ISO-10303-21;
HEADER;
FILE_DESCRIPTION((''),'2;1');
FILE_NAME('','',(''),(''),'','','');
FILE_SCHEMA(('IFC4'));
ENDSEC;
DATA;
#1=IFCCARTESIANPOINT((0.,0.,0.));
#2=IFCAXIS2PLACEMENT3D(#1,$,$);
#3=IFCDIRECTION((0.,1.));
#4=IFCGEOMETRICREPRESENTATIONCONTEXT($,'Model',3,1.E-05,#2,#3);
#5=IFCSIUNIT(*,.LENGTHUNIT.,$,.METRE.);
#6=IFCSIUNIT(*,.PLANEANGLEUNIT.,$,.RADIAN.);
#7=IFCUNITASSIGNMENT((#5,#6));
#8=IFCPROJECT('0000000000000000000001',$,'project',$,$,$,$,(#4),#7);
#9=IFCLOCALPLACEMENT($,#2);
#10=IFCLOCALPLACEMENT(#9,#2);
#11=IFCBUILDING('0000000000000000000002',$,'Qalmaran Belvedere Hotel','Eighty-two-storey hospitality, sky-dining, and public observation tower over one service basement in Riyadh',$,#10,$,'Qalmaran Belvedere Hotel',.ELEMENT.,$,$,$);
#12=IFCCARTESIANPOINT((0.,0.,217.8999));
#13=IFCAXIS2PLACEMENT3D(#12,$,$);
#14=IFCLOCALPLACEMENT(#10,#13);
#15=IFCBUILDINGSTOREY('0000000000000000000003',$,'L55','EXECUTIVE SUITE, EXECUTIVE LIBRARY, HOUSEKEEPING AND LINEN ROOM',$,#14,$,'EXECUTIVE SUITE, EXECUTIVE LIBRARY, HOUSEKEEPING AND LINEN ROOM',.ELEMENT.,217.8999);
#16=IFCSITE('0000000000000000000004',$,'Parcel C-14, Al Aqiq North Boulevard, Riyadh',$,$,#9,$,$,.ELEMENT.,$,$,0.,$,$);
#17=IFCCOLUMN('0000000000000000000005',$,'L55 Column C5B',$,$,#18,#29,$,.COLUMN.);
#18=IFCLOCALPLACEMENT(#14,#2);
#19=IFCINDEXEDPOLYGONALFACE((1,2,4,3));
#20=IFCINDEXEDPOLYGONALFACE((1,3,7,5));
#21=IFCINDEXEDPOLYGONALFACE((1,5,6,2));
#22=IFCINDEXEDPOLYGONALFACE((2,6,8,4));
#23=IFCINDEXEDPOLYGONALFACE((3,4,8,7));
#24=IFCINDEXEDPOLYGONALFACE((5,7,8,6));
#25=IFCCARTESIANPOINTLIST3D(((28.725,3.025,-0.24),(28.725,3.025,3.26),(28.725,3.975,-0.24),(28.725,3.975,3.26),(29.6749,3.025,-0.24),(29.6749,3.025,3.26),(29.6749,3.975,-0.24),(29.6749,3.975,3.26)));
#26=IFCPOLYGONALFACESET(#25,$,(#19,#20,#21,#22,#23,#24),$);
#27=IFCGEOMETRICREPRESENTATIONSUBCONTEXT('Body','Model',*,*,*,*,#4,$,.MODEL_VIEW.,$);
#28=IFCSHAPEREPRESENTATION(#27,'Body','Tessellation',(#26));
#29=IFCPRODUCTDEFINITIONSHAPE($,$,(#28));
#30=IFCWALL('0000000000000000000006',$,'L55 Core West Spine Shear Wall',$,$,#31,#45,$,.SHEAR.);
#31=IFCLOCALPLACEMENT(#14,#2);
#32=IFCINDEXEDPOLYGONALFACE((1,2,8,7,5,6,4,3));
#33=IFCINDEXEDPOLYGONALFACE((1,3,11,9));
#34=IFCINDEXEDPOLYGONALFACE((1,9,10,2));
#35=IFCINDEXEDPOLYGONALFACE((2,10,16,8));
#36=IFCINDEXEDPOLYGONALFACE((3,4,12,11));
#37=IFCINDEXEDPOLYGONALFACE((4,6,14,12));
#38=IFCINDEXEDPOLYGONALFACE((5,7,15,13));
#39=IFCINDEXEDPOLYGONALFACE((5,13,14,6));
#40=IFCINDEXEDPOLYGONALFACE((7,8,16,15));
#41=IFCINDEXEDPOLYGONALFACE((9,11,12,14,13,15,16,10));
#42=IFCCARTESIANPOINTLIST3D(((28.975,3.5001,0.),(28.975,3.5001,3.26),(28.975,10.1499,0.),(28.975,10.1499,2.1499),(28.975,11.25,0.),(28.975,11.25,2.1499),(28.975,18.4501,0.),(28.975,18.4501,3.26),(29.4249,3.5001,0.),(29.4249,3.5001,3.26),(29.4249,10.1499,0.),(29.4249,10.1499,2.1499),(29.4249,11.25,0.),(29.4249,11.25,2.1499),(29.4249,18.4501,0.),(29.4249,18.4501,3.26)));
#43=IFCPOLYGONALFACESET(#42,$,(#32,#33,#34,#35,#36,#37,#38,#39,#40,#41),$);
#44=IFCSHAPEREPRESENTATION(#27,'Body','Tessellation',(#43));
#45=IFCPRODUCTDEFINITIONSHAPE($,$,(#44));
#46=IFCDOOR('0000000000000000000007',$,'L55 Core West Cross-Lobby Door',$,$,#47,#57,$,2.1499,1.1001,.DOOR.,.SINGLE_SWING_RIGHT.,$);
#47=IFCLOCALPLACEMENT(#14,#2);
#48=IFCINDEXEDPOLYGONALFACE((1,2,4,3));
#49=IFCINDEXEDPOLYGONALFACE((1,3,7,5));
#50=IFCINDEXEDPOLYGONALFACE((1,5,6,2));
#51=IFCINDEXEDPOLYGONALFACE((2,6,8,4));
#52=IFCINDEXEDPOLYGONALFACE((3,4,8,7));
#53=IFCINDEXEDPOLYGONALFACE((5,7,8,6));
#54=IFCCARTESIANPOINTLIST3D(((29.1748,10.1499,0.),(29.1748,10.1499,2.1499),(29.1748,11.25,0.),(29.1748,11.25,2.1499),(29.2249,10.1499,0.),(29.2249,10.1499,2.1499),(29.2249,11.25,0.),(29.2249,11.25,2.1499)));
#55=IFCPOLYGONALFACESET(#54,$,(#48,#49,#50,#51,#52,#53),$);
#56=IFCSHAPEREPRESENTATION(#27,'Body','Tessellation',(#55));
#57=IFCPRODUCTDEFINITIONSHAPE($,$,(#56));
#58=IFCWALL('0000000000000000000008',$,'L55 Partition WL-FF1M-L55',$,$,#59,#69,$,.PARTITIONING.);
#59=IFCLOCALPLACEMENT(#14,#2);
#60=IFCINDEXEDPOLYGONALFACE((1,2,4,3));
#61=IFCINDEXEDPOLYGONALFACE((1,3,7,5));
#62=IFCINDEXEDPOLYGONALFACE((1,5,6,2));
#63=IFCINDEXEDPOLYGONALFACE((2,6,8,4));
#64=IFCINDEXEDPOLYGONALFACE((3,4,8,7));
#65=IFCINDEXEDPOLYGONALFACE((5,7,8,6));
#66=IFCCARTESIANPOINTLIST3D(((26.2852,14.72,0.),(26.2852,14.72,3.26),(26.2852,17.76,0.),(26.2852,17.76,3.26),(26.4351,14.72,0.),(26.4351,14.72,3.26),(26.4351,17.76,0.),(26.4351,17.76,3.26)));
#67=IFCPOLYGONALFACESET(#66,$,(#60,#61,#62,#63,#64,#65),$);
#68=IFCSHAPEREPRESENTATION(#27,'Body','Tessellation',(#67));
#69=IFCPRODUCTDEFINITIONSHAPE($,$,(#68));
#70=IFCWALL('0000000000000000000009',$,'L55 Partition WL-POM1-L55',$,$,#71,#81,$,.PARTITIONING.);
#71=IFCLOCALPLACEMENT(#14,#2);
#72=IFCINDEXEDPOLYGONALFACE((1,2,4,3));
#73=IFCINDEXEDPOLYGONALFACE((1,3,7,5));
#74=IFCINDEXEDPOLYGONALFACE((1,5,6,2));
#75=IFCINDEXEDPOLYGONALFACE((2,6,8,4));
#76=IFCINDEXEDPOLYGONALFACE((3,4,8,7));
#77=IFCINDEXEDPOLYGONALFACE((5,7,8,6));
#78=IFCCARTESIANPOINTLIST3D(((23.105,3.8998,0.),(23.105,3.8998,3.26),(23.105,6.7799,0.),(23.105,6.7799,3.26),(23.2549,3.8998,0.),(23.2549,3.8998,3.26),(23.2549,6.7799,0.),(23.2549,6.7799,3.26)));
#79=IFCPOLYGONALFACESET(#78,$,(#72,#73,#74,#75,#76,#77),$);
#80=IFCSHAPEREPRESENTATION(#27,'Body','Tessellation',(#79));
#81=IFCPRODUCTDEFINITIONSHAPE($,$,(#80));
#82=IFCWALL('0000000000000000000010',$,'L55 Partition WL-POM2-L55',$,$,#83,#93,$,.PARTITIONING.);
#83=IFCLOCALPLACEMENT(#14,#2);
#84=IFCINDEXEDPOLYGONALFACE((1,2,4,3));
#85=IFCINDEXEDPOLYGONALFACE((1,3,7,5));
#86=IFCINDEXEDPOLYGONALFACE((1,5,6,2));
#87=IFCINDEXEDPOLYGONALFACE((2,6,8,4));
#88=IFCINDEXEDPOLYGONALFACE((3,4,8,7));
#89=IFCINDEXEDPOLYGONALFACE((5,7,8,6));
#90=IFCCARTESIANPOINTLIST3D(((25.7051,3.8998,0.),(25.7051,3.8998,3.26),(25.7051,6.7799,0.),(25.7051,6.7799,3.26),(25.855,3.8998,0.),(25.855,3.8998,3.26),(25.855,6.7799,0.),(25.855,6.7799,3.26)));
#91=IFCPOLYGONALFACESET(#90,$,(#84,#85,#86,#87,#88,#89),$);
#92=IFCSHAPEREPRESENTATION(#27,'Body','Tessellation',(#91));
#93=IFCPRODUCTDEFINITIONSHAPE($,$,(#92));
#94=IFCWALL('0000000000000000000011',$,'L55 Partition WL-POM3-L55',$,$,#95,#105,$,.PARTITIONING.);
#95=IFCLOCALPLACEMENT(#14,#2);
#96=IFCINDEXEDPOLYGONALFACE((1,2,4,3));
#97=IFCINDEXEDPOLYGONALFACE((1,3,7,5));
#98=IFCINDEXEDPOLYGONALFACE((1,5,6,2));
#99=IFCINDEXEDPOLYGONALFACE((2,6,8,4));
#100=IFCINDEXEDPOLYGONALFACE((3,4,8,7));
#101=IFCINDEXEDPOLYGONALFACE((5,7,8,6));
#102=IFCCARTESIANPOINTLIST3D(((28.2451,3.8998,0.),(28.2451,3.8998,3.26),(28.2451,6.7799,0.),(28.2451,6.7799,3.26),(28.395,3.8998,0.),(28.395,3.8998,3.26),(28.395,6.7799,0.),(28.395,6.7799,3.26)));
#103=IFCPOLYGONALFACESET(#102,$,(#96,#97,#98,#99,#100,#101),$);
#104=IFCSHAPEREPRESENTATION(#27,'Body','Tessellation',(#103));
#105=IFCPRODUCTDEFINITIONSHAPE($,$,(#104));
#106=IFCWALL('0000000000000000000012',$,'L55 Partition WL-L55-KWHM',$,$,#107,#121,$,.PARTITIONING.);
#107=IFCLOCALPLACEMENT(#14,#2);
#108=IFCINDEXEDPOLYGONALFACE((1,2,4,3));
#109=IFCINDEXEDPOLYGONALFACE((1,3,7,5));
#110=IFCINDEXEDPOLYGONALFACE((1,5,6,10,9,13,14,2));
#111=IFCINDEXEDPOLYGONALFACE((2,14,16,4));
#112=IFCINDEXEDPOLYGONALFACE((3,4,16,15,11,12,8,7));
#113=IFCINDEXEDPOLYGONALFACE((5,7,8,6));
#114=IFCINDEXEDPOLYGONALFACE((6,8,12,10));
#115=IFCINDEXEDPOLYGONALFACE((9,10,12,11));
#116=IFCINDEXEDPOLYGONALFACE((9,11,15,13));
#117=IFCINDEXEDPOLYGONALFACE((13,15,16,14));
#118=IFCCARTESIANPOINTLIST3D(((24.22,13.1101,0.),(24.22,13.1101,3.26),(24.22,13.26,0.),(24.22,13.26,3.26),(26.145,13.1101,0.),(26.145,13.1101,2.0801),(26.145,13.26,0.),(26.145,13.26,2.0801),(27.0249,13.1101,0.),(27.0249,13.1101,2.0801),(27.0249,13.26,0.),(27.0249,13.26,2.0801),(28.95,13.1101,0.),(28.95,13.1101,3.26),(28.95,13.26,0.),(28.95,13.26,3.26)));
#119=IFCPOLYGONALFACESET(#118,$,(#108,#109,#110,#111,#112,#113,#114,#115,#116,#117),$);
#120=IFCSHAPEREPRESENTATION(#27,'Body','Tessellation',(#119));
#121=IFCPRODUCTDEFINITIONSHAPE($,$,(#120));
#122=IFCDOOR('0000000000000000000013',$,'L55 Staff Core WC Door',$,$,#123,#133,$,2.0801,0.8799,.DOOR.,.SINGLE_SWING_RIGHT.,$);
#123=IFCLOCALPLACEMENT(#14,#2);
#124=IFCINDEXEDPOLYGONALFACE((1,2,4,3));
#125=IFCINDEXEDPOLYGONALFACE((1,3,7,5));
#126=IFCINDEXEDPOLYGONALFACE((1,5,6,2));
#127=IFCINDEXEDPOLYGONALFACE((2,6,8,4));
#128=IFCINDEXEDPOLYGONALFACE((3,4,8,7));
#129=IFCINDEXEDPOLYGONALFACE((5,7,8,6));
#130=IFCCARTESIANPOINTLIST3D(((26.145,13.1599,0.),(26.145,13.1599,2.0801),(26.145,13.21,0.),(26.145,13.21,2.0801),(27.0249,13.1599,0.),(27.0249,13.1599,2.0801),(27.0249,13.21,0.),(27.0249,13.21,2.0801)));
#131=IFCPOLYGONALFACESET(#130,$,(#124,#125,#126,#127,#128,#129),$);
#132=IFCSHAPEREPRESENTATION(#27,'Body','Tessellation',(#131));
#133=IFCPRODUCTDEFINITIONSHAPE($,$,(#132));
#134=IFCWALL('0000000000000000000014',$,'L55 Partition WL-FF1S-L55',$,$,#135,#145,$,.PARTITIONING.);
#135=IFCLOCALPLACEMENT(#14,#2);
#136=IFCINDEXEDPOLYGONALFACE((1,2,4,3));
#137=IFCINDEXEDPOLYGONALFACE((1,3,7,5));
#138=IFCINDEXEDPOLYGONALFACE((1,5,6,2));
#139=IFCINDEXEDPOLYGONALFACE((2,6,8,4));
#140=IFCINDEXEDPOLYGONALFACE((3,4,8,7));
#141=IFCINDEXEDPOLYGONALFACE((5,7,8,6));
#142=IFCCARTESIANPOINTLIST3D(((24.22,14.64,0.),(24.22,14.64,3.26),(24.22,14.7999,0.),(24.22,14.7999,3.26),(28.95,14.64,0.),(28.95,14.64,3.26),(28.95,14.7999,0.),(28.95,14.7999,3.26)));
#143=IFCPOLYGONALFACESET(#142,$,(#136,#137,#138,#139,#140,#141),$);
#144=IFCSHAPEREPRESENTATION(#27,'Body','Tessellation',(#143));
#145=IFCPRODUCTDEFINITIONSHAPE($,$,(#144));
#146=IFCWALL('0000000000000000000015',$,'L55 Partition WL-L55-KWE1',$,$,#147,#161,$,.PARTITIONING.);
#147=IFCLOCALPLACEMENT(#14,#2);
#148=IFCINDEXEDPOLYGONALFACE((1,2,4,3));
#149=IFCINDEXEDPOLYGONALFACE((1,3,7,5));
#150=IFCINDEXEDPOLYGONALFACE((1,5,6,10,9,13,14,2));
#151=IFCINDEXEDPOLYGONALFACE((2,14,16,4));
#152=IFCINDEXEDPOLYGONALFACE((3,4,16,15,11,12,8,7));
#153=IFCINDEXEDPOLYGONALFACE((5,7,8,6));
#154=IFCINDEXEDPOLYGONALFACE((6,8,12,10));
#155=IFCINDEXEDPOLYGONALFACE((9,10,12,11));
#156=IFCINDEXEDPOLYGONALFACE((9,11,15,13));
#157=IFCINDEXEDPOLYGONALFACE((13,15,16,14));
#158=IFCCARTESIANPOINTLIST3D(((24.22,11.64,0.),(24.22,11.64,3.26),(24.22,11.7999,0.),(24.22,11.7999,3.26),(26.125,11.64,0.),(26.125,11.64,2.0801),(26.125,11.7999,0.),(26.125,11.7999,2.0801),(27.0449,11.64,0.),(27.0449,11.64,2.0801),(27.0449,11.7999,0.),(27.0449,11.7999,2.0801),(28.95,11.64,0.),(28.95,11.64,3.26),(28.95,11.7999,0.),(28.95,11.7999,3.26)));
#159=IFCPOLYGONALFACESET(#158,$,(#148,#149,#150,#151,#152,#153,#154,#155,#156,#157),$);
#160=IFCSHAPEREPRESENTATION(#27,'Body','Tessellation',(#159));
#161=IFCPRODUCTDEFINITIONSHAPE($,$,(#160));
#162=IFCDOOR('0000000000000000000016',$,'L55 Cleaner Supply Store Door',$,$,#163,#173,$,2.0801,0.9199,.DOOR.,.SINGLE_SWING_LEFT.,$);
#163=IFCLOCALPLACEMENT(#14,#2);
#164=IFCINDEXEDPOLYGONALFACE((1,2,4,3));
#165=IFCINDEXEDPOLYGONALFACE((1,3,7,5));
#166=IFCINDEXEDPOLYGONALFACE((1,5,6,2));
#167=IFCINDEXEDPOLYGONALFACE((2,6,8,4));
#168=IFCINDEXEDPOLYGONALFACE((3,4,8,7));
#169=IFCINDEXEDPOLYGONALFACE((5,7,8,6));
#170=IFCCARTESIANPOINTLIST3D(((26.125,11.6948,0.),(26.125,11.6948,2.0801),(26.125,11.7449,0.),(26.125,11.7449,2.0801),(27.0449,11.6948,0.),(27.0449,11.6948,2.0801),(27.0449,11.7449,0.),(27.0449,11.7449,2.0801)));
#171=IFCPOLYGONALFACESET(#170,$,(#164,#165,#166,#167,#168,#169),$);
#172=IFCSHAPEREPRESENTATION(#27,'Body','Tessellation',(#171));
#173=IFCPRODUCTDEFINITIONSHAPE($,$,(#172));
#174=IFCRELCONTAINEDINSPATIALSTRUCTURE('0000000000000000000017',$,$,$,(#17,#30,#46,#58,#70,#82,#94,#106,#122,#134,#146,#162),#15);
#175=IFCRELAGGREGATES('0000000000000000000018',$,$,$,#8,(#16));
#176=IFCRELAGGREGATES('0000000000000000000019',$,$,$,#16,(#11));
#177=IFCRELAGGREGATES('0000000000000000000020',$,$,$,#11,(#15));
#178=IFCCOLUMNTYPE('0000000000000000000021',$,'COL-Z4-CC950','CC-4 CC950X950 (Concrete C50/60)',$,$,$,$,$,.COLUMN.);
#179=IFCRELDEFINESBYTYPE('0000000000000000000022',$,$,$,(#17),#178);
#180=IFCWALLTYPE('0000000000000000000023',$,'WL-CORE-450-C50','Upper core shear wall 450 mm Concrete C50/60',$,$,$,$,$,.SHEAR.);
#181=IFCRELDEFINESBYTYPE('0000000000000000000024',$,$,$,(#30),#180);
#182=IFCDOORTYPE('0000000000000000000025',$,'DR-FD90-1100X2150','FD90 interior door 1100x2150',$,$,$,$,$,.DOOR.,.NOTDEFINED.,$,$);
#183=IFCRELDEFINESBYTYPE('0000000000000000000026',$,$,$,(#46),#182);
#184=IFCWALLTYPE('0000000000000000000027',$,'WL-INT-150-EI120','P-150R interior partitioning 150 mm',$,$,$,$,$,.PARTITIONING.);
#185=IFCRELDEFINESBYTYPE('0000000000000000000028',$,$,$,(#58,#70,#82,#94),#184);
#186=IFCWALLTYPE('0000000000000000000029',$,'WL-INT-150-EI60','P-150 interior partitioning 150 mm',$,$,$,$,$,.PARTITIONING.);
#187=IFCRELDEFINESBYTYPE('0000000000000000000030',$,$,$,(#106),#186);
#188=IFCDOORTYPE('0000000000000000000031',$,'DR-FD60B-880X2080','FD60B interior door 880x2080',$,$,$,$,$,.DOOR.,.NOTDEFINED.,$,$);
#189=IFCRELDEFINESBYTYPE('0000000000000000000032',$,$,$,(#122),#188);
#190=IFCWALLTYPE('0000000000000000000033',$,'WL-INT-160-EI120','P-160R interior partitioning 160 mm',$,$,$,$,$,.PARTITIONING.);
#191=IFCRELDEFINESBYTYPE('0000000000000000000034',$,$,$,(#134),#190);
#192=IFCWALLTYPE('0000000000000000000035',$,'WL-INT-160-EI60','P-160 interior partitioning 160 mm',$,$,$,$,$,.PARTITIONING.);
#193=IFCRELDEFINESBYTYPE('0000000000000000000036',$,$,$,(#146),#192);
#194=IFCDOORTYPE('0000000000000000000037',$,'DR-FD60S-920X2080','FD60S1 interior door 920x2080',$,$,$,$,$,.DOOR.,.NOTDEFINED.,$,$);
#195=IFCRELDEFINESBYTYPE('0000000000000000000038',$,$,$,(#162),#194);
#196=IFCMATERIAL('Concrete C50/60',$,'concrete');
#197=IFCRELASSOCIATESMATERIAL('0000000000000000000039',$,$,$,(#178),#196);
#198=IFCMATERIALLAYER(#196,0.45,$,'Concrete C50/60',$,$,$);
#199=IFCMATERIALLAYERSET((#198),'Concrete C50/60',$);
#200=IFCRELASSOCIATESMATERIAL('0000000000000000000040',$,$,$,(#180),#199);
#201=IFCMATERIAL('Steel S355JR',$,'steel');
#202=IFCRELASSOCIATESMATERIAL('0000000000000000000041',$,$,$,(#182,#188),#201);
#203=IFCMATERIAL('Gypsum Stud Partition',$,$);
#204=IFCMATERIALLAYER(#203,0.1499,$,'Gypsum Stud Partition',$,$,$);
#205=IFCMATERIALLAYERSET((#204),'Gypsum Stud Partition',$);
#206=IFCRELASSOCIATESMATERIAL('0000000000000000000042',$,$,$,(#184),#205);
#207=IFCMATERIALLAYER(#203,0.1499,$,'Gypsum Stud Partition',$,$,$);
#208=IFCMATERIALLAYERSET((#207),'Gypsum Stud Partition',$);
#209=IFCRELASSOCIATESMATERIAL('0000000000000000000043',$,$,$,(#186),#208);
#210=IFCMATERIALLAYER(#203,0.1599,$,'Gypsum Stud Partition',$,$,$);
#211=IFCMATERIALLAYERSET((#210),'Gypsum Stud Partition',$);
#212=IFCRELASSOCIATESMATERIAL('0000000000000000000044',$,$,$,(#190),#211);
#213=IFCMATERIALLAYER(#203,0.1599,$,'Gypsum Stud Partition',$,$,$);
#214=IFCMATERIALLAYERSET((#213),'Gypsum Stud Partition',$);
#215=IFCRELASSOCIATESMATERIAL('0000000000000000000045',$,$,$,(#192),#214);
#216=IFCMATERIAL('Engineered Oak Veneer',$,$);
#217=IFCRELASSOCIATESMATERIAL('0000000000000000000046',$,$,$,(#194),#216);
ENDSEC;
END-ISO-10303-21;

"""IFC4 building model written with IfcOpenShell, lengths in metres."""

from ifc_helpers import new_model, si_unit, direction, frame, frame_2d, origin, origin_2d, place, context, subcontext, project, spatial, rectangle, extrude, material, layer, layer_set, material_profile, profile_set, type_object, element, fill, save


model = new_model("IFC4")

# Units and contexts
model_context = context("Model", 3, precision=1e-05, world=origin(), true_north=direction((0.0, 1.0)))
body_context = subcontext(model_context, "Body", "Model", "MODEL_VIEW")
ifc_project = project(units=[si_unit("LENGTHUNIT", "METRE"), si_unit("PLANEANGLEUNIT", "RADIAN")], contexts=[model_context])

# Site, building, storey
site_placement = place(None, origin())
site = spatial("IfcSite", under=ifc_project, at=site_placement, Name="Parcel C-14, Al Aqiq North Boulevard, Riyadh", CompositionType="ELEMENT", RefElevation=0.0)
building_placement = place(site_placement, origin())
building = spatial("IfcBuilding", under=site, at=building_placement, Name="Qalmaran Belvedere Hotel", Description="Eighty-two-storey hospitality, sky-dining, and public observation tower over one service basement in Riyadh", LongName="Qalmaran Belvedere Hotel", CompositionType="ELEMENT")
storey_placement = place(building_placement, frame((0.0, 0.0, 217.8999)))
storey = spatial("IfcBuildingStorey", under=building, at=storey_placement, Name="L55", Description="EXECUTIVE SUITE, EXECUTIVE LIBRARY, HOUSEKEEPING AND LINEN ROOM", LongName="EXECUTIVE SUITE, EXECUTIVE LIBRARY, HOUSEKEEPING AND LINEN ROOM", CompositionType="ELEMENT", Elevation=217.8999)

# Column
ifc_material_1 = material(Name="Concrete C50/60", Category="concrete")
ifc_material_profile = material_profile(ifc_material_1, rectangle(XDim=0.95, YDim=0.95, at=origin_2d()), Name="CC950X950")
ifc_profile_set = profile_set([ifc_material_profile], Name="Concrete C50/60")
column_type = type_object("IfcColumnType", Name="COL-Z4-CC950", Description="CC-4 CC950X950 (Concrete C50/60)", PredefinedType="COLUMN", material=ifc_profile_set)
column_placement = place(storey_placement, frame((29.2, 3.5, -0.24), z_axis=(0.0, 0.0, 1.0), x_axis=(1.0, 0.0, 0.0)))
element("IfcColumn", 1, at=column_placement, inside=storey, type_object=column_type, Name="L55 Column C5B", PredefinedType="COLUMN", context=body_context, shape_type="SweptSolid", body=[
    extrude(rectangle(XDim=0.95, YDim=0.95, at=origin_2d()), origin(), (0.0, 0.0, 1.0), 3.5),
])

# Wall, opening, door
ifc_layer_1 = layer(ifc_material_1, 0.45, Name="Concrete C50/60")
ifc_layer_set_1 = layer_set([ifc_layer_1], Name="Concrete C50/60")
wall_type_1 = type_object("IfcWallType", Name="WL-CORE-450-C50", Description="Upper core shear wall 450 mm Concrete C50/60", PredefinedType="SHEAR", material=ifc_layer_set_1)
wall_1_placement = place(storey_placement, frame((29.2, 3.5, 0.0), z_axis=(0.0, 0.0, 1.0), x_axis=(0.0, 1.0, 0.0)))
wall_1 = element("IfcWall", 2, at=wall_1_placement, inside=storey, type_object=wall_type_1, Name="L55 Core West Spine Shear Wall", PredefinedType="SHEAR", context=body_context, shape_type="SweptSolid", body=[
    extrude(rectangle(XDim=14.95, YDim=0.45, at=frame_2d((7.4751, 0.0))), origin(), (0.0, 0.0, 1.0), 3.26),
])
opening_1_placement = place(wall_1_placement, frame((7.75, 0.0, 0.0), z_axis=(0.0, 0.0, 1.0), x_axis=(-1.0, 0.0, 0.0)))
opening_1 = element("IfcOpeningElement", 3, at=opening_1_placement, cuts=wall_1, PredefinedType="OPENING", context=body_context, shape_type="SweptSolid", body=[
    extrude(rectangle(XDim=1.1001, YDim=2.1499, at=frame_2d((0.55, 1.075))), frame((0.0, 0.2349, 0.0), z_axis=(0.0, -1.0, 0.0), x_axis=(1.0, 0.0, 0.0)), (0.0, 0.0, 1.0), 0.47),
])
ifc_material_2 = material(Name="Steel S355JR", Category="steel")
door_type_1 = type_object("IfcDoorType", Name="DR-FD90-1100X2150", Description="FD90 interior door 1100x2150", OperationType="NOTDEFINED", PredefinedType="DOOR", material=ifc_material_2)
door_1_placement = place(opening_1_placement, origin())
door_1 = element("IfcDoor", 4, at=door_1_placement, inside=storey, type_object=door_type_1, Name="L55 Core West Cross-Lobby Door", OperationType="SINGLE_SWING_RIGHT", OverallHeight=2.1499, OverallWidth=1.1001, PredefinedType="DOOR", context=body_context, shape_type="SweptSolid", body=[
    extrude(rectangle(XDim=1.1001, YDim=2.1499, at=frame_2d((0.55, 1.075))), frame((0.0, 0.0249, 0.0), z_axis=(0.0, -1.0, 0.0), x_axis=(1.0, 0.0, 0.0)), (0.0, 0.0, 1.0), 0.05),
])
fill(opening_1, door_1)

# Walls
ifc_material_3 = material(Name="Gypsum Stud Partition")
ifc_layer_2 = layer(ifc_material_3, 0.1499, Name="Gypsum Stud Partition")
ifc_layer_set_2 = layer_set([ifc_layer_2], Name="Gypsum Stud Partition")
wall_type_2 = type_object("IfcWallType", Name="WL-INT-150-EI120", Description="P-150R interior partitioning 150 mm", PredefinedType="PARTITIONING", material=ifc_layer_set_2)
wall_2_placement = place(storey_placement, frame((26.3601, 14.72, 0.0), z_axis=(0.0, 0.0, 1.0), x_axis=(0.0, 1.0, 0.0)))
element("IfcWall", 5, at=wall_2_placement, inside=storey, type_object=wall_type_2, Name="L55 Partition WL-FF1M-L55", PredefinedType="PARTITIONING", context=body_context, shape_type="SweptSolid", body=[
    extrude(rectangle(XDim=3.04, YDim=0.1499, at=frame_2d((1.52, 0.0))), origin(), (0.0, 0.0, 1.0), 3.26),
])
for number, where, z_axis, x_axis, name in (
    (6, (23.1799, 3.8999, 0.0), (0.0, 0.0, 1.0), (0.0, 1.0, 0.0), "L55 Partition WL-POM1-L55"),
    (7, (25.78, 3.8999, 0.0), (0.0, 0.0, 1.0), (0.0, 1.0, 0.0), "L55 Partition WL-POM2-L55"),
    (8, (28.3201, 3.8999, 0.0), (0.0, 0.0, 1.0), (0.0, 1.0, 0.0), "L55 Partition WL-POM3-L55"),
):
    element("IfcWall", number, at=place(storey_placement, frame(where, z_axis=z_axis, x_axis=x_axis)), inside=storey, type_object=wall_type_2, Name=name, PredefinedType="PARTITIONING", context=body_context, shape_type="SweptSolid", body=[
        extrude(rectangle(XDim=2.8801, YDim=0.1499, at=frame_2d((1.4399, 0.0))), origin(), (0.0, 0.0, 1.0), 3.26),
    ])

# Wall, opening, door
ifc_layer_3 = layer(ifc_material_3, 0.1499, Name="Gypsum Stud Partition")
ifc_layer_set_3 = layer_set([ifc_layer_3], Name="Gypsum Stud Partition")
wall_type_3 = type_object("IfcWallType", Name="WL-INT-150-EI60", Description="P-150 interior partitioning 150 mm", PredefinedType="PARTITIONING", material=ifc_layer_set_3)
wall_3_placement = place(storey_placement, frame((24.22, 13.1851, 0.0), z_axis=(0.0, 0.0, 1.0), x_axis=(1.0, 0.0, 0.0)))
wall_3 = element("IfcWall", 9, at=wall_3_placement, inside=storey, type_object=wall_type_3, Name="L55 Partition WL-L55-KWHM", PredefinedType="PARTITIONING", context=body_context, shape_type="SweptSolid", body=[
    extrude(rectangle(XDim=4.73, YDim=0.1499, at=frame_2d((2.365, 0.0))), origin(), (0.0, 0.0, 1.0), 3.26),
])
opening_2_placement = place(wall_3_placement, frame((1.925, 0.0, 0.0)))
opening_2 = element("IfcOpeningElement", 10, at=opening_2_placement, cuts=wall_3, PredefinedType="OPENING", context=body_context, shape_type="SweptSolid", body=[
    extrude(rectangle(XDim=0.8799, YDim=2.0801, at=frame_2d((0.4399, 1.04))), frame((0.0, 0.085, 0.0), z_axis=(0.0, -1.0, 0.0), x_axis=(1.0, 0.0, 0.0)), (0.0, 0.0, 1.0), 0.1699),
])
door_type_2 = type_object("IfcDoorType", Name="DR-FD60B-880X2080", Description="FD60B interior door 880x2080", OperationType="NOTDEFINED", PredefinedType="DOOR", material=ifc_material_2)
door_2_placement = place(opening_2_placement, origin())
door_2 = element("IfcDoor", 11, at=door_2_placement, inside=storey, type_object=door_type_2, Name="L55 Staff Core WC Door", OperationType="SINGLE_SWING_RIGHT", OverallHeight=2.0801, OverallWidth=0.8799, PredefinedType="DOOR", context=body_context, shape_type="SweptSolid", body=[
    extrude(rectangle(XDim=0.8799, YDim=2.0801, at=frame_2d((0.4399, 1.04))), frame((0.0, 0.0249, 0.0), z_axis=(0.0, -1.0, 0.0), x_axis=(1.0, 0.0, 0.0)), (0.0, 0.0, 1.0), 0.05),
])
fill(opening_2, door_2)

# Wall
ifc_layer_4 = layer(ifc_material_3, 0.1599, Name="Gypsum Stud Partition")
ifc_layer_set_4 = layer_set([ifc_layer_4], Name="Gypsum Stud Partition")
wall_type_4 = type_object("IfcWallType", Name="WL-INT-160-EI120", Description="P-160R interior partitioning 160 mm", PredefinedType="PARTITIONING", material=ifc_layer_set_4)
wall_4_placement = place(storey_placement, frame((24.22, 14.72, 0.0), z_axis=(0.0, 0.0, 1.0), x_axis=(1.0, 0.0, 0.0)))
element("IfcWall", 12, at=wall_4_placement, inside=storey, type_object=wall_type_4, Name="L55 Partition WL-FF1S-L55", PredefinedType="PARTITIONING", context=body_context, shape_type="SweptSolid", body=[
    extrude(rectangle(XDim=4.73, YDim=0.1599, at=frame_2d((2.365, 0.0))), origin(), (0.0, 0.0, 1.0), 3.26),
])

# Wall, opening, door
ifc_layer_5 = layer(ifc_material_3, 0.1599, Name="Gypsum Stud Partition")
ifc_layer_set_5 = layer_set([ifc_layer_5], Name="Gypsum Stud Partition")
wall_type_5 = type_object("IfcWallType", Name="WL-INT-160-EI60", Description="P-160 interior partitioning 160 mm", PredefinedType="PARTITIONING", material=ifc_layer_set_5)
wall_5_placement = place(storey_placement, frame((24.22, 11.72, 0.0), z_axis=(0.0, 0.0, 1.0), x_axis=(1.0, 0.0, 0.0)))
wall_5 = element("IfcWall", 13, at=wall_5_placement, inside=storey, type_object=wall_type_5, Name="L55 Partition WL-L55-KWE1", PredefinedType="PARTITIONING", context=body_context, shape_type="SweptSolid", body=[
    extrude(rectangle(XDim=4.73, YDim=0.1599, at=frame_2d((2.365, 0.0))), origin(), (0.0, 0.0, 1.0), 3.26),
])
opening_3_placement = place(wall_5_placement, frame((1.905, 0.0, 0.0)))
opening_3 = element("IfcOpeningElement", 14, at=opening_3_placement, cuts=wall_5, PredefinedType="OPENING", context=body_context, shape_type="SweptSolid", body=[
    extrude(rectangle(XDim=0.9199, YDim=2.0801, at=frame_2d((0.46, 1.04))), frame((0.0, 0.0898, 0.0), z_axis=(0.0, -1.0, 0.0), x_axis=(1.0, 0.0, 0.0)), (0.0, 0.0, 1.0), 0.1799),
])
ifc_material_4 = material(Name="Engineered Oak Veneer")
door_type_3 = type_object("IfcDoorType", Name="DR-FD60S-920X2080", Description="FD60S1 interior door 920x2080", OperationType="NOTDEFINED", PredefinedType="DOOR", material=ifc_material_4)
door_3_placement = place(opening_3_placement, origin())
door_3 = element("IfcDoor", 15, at=door_3_placement, inside=storey, type_object=door_type_3, Name="L55 Cleaner Supply Store Door", OperationType="SINGLE_SWING_LEFT", OverallHeight=2.0801, OverallWidth=0.9199, PredefinedType="DOOR", context=body_context, shape_type="SweptSolid", body=[
    extrude(rectangle(XDim=0.9199, YDim=2.0801, at=frame_2d((0.46, 1.04))), frame((0.0, 0.0249, 0.0), z_axis=(0.0, -1.0, 0.0), x_axis=(1.0, 0.0, 0.0)), (0.0, 0.0, 1.0), 0.05),
])
fill(opening_3, door_3)

save(model, "model.ifc")
